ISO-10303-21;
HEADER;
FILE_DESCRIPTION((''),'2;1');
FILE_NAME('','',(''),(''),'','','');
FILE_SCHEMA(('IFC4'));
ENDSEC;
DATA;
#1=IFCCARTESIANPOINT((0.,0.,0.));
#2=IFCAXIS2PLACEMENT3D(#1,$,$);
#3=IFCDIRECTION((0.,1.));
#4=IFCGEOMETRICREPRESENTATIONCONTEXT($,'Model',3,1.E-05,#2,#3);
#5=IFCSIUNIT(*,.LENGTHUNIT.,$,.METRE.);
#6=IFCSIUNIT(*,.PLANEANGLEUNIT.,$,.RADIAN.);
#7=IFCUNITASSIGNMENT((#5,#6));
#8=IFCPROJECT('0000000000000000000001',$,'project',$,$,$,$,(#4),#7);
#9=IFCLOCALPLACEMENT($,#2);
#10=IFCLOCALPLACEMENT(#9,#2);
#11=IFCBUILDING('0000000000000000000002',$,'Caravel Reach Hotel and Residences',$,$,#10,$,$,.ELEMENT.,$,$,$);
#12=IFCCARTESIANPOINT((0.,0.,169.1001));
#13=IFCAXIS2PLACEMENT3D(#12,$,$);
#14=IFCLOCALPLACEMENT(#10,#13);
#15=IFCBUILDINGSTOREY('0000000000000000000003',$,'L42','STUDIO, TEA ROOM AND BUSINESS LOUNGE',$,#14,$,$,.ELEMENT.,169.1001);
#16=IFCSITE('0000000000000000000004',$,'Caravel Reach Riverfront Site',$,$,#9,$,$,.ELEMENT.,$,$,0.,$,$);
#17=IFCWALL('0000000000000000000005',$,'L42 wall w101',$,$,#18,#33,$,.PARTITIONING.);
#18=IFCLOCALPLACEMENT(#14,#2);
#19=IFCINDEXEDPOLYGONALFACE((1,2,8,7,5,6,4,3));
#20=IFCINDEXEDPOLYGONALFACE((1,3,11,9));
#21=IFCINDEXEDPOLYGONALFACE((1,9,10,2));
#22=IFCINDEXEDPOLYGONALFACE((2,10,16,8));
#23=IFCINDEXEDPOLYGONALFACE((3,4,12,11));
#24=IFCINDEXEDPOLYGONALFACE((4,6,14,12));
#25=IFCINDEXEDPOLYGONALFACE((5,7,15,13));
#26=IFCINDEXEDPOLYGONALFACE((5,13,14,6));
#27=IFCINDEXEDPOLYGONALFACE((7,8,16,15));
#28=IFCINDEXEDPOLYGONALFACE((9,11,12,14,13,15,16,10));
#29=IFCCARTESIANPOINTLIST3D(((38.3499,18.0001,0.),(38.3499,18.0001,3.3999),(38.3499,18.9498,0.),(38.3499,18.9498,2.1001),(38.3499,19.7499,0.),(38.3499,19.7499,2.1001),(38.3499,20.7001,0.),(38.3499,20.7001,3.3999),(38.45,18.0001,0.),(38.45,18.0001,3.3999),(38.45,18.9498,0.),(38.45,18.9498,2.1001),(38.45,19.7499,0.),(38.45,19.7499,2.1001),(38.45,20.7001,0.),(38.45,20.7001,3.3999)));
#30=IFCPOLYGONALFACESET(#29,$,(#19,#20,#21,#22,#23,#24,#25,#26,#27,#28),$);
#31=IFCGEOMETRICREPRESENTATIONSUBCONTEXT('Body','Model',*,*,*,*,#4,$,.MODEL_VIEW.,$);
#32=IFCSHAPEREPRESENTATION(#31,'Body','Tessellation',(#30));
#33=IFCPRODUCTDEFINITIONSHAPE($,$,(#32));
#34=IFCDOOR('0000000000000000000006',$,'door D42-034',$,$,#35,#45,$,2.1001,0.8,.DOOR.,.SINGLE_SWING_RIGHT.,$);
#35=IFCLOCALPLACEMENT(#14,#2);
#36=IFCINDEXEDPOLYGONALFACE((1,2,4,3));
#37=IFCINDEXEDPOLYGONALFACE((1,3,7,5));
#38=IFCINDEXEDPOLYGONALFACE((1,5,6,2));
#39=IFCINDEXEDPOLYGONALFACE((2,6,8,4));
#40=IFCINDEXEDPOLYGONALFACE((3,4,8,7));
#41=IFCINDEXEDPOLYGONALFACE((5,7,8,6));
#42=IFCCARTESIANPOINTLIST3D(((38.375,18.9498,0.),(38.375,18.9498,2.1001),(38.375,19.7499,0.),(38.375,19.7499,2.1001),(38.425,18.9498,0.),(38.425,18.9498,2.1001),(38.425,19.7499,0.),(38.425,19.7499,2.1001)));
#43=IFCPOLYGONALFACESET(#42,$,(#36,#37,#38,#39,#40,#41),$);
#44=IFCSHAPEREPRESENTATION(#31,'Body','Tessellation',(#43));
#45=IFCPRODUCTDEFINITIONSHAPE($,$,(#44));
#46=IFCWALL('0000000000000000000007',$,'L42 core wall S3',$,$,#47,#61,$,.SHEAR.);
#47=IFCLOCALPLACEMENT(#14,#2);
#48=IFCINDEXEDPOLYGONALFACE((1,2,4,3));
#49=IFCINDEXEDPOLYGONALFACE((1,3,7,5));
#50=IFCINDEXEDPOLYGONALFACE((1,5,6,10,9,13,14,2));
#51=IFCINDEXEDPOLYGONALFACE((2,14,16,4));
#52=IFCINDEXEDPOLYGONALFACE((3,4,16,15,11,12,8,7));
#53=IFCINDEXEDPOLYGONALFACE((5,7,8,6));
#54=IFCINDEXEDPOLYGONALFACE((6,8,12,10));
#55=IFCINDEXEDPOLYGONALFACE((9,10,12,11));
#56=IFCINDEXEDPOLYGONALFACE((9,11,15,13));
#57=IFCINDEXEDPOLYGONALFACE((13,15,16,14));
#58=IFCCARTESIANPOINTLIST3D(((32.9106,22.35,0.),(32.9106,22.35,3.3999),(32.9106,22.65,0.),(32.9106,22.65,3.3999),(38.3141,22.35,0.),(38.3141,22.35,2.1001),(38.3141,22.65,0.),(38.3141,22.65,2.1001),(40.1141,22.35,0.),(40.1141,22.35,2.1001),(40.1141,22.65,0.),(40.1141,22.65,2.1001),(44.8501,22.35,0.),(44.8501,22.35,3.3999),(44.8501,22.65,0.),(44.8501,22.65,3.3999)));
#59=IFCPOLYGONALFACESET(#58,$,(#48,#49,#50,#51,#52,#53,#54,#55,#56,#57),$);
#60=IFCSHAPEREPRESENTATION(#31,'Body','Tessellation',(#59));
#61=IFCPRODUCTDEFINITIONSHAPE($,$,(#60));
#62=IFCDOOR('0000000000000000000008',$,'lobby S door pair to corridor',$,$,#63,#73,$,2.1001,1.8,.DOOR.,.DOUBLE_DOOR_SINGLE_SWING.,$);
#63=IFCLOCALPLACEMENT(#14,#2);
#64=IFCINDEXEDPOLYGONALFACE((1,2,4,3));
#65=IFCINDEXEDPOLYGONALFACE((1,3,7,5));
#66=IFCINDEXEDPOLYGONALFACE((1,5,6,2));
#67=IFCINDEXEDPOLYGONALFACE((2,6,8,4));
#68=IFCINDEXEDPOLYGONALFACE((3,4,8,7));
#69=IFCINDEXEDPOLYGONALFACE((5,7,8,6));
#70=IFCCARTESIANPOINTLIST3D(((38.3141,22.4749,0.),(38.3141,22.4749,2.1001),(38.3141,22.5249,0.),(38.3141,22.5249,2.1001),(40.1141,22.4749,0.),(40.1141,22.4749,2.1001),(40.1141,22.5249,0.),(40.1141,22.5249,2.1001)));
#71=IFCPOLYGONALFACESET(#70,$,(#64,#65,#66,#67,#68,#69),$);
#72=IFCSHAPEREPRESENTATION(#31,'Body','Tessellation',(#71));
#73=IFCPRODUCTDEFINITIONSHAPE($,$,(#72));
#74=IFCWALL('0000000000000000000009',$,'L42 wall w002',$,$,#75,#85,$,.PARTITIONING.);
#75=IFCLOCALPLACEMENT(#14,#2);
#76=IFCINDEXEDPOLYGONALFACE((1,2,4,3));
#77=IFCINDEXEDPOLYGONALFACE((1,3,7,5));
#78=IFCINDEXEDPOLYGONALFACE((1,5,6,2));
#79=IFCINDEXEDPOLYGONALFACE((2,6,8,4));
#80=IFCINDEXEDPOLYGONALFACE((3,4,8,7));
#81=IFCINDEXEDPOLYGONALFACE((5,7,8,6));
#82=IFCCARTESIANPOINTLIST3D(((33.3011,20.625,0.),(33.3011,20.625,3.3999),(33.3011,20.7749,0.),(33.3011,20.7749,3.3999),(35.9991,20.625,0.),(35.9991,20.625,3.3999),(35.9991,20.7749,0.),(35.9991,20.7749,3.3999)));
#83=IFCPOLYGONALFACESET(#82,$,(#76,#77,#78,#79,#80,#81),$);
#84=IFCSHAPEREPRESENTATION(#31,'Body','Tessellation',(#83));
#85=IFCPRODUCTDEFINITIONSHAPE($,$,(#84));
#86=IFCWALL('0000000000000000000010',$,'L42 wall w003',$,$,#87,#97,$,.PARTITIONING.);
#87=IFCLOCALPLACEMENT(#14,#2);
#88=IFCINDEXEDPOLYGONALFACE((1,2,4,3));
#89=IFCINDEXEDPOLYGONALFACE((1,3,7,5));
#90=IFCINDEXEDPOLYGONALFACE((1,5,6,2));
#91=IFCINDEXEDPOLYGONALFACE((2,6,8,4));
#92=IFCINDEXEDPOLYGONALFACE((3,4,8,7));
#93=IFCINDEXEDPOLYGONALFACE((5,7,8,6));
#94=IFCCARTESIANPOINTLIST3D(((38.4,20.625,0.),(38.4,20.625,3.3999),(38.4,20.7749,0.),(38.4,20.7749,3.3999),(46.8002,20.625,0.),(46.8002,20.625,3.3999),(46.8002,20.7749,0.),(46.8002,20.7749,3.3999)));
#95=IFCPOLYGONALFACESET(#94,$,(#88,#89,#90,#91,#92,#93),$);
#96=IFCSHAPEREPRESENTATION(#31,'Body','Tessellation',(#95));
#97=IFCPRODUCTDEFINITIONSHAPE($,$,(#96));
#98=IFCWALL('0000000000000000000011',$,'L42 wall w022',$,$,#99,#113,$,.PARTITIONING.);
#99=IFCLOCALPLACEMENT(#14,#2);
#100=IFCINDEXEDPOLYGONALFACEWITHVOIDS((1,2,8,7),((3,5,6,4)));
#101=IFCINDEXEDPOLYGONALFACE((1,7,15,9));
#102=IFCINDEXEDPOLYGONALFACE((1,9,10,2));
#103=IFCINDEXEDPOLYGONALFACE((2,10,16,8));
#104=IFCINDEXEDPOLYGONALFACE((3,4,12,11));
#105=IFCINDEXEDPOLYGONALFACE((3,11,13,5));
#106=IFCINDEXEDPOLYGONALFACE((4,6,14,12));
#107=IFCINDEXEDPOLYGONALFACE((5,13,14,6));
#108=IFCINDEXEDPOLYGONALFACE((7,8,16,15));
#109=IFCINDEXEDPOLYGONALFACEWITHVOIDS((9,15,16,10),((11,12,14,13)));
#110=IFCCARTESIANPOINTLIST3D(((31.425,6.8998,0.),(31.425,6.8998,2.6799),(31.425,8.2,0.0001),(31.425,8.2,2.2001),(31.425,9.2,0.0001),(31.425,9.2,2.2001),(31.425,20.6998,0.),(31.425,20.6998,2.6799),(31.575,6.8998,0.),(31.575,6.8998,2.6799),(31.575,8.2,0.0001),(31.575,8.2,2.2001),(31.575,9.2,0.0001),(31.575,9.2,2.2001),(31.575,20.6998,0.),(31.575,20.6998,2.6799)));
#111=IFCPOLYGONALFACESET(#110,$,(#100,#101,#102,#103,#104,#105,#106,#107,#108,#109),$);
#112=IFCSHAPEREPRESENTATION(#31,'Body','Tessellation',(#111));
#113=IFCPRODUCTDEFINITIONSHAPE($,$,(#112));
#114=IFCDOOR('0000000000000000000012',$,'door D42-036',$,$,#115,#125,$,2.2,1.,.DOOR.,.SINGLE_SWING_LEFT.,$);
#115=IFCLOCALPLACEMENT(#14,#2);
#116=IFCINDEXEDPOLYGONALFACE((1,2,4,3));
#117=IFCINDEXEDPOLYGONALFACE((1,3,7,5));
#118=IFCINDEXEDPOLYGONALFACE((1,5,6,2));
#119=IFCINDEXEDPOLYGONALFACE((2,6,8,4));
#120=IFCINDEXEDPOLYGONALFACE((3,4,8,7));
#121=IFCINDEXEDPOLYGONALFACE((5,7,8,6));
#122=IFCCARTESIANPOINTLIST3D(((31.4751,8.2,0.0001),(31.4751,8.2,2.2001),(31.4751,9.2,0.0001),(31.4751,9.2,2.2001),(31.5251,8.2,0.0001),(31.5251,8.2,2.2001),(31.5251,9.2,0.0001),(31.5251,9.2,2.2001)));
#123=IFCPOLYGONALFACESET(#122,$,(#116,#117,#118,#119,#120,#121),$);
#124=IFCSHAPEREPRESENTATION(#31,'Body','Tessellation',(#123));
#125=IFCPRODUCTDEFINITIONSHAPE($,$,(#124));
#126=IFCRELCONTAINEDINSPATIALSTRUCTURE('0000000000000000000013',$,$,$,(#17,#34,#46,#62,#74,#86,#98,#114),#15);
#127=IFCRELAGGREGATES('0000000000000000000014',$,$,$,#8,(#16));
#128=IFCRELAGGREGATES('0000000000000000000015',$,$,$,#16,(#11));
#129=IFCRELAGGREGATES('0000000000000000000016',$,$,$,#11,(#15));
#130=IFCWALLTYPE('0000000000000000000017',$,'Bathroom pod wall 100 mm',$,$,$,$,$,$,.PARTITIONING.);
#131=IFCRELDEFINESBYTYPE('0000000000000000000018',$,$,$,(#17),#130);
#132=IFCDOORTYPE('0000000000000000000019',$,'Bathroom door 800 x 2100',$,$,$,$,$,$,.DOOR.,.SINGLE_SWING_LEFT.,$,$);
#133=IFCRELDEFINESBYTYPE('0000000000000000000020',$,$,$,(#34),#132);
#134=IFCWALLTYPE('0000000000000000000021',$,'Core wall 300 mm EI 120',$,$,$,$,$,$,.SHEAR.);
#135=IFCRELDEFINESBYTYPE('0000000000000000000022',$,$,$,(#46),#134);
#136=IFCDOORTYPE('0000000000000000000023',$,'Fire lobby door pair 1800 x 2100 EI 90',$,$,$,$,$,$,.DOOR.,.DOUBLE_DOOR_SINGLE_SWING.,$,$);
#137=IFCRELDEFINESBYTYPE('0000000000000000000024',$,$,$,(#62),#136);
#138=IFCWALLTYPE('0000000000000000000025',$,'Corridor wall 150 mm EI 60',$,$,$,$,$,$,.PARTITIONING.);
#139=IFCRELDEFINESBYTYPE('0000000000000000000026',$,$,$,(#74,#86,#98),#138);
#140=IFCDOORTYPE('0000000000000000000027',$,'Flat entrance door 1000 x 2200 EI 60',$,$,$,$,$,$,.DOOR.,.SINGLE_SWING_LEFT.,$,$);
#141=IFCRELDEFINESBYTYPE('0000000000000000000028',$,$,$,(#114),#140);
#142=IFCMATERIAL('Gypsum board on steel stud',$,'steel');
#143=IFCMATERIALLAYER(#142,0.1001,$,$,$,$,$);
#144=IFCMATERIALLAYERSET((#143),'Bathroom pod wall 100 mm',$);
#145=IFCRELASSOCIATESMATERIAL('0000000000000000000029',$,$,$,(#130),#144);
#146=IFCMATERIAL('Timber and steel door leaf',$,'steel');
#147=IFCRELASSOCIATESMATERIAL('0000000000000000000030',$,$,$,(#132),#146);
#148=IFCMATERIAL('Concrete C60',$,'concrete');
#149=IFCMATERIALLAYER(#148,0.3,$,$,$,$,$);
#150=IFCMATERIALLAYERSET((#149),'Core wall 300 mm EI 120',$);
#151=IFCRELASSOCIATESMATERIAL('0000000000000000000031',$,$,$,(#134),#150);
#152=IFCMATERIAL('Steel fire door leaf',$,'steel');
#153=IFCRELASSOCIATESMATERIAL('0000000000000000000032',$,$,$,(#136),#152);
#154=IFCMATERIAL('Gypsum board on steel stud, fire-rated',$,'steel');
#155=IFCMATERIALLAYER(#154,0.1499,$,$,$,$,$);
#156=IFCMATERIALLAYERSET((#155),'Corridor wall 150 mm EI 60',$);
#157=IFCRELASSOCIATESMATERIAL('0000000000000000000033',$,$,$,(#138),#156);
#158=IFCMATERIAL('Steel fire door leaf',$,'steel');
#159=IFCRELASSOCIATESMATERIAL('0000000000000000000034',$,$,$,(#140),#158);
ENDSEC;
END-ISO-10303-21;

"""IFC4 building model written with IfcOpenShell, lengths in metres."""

from ifc_helpers import new_model, si_unit, direction, frame, frame_2d, origin, place, context, subcontext, project, spatial, rectangle, extrude, material, layer, layer_set, type_object, element, fill, save


model = new_model("IFC4")

# Units and contexts
model_context = context("Model", 3, precision=1e-05, world=origin(), true_north=direction((0.0, 1.0)))
body_context = subcontext(model_context, "Body", "Model", "MODEL_VIEW")
ifc_project = project(units=[si_unit("LENGTHUNIT", "METRE"), si_unit("PLANEANGLEUNIT", "RADIAN")], contexts=[model_context])

# Site, building, storey
site_placement = place(None, origin())
site = spatial("IfcSite", under=ifc_project, at=site_placement, Name="Caravel Reach Riverfront Site", CompositionType="ELEMENT", RefElevation=0.0)
building_placement = place(site_placement, origin())
building = spatial("IfcBuilding", under=site, at=building_placement, Name="Caravel Reach Hotel and Residences", CompositionType="ELEMENT")
storey_placement = place(building_placement, frame((0.0, 0.0, 169.1001)))
storey = spatial("IfcBuildingStorey", under=building, at=storey_placement, Name="L42", Description="STUDIO, TEA ROOM AND BUSINESS LOUNGE", CompositionType="ELEMENT", Elevation=169.1001)

# Shared definitions
ifc_material_1 = material(Name="Gypsum board on steel stud", Category="steel")
ifc_layer_1 = layer(ifc_material_1, 0.1001)
ifc_layer_set_1 = layer_set([ifc_layer_1], Name="Bathroom pod wall 100 mm")
wall_type_1 = type_object("IfcWallType", Name="Bathroom pod wall 100 mm", PredefinedType="PARTITIONING", material=ifc_layer_set_1)

# Walls, openings, doors
wall_1_placement = place(storey_placement, frame((38.3999, 18.0, 0.0), z_axis=(0.0, 0.0, 1.0), x_axis=(0.0, 1.0, 0.0)))
wall_1 = element("IfcWall", 1, at=wall_1_placement, inside=storey, type_object=wall_type_1, Name="L42 wall w101", PredefinedType="PARTITIONING", context=body_context, shape_type="SweptSolid", body=[
    extrude(rectangle(XDim=2.7, YDim=0.1001, at=frame_2d((1.3501, 0.0))), origin(), (0.0, 0.0, 1.0), 3.3999),
])
opening_1_placement = place(wall_1_placement, frame((0.95, 0.0, 0.0)))
opening_1 = element("IfcOpeningElement", 2, at=opening_1_placement, cuts=wall_1, PredefinedType="OPENING", context=body_context, shape_type="SweptSolid", body=[
    extrude(rectangle(XDim=0.8, YDim=2.1001, at=frame_2d((0.3999, 1.05))), frame((0.0, 0.0601, 0.0), z_axis=(0.0, -1.0, 0.0), x_axis=(1.0, 0.0, 0.0)), (0.0, 0.0, 1.0), 0.1201),
])
ifc_material_2 = material(Name="Timber and steel door leaf", Category="steel")
door_type_1 = type_object("IfcDoorType", Name="Bathroom door 800 x 2100", OperationType="SINGLE_SWING_LEFT", PredefinedType="DOOR", material=ifc_material_2)
door_1_placement = place(opening_1_placement, origin())
door_1 = element("IfcDoor", 3, at=door_1_placement, inside=storey, type_object=door_type_1, Name="door D42-034", OperationType="SINGLE_SWING_RIGHT", OverallHeight=2.1001, OverallWidth=0.8, PredefinedType="DOOR", context=body_context, shape_type="SweptSolid", body=[
    extrude(rectangle(XDim=0.8, YDim=2.1001, at=frame_2d((0.3999, 1.05))), frame((0.0, 0.0249, 0.0), z_axis=(0.0, -1.0, 0.0), x_axis=(1.0, 0.0, 0.0)), (0.0, 0.0, 1.0), 0.05),
])
fill(opening_1, door_1)
ifc_material_3 = material(Name="Concrete C60", Category="concrete")
ifc_layer_2 = layer(ifc_material_3, 0.3)
ifc_layer_set_2 = layer_set([ifc_layer_2], Name="Core wall 300 mm EI 120")
wall_type_2 = type_object("IfcWallType", Name="Core wall 300 mm EI 120", PredefinedType="SHEAR", material=ifc_layer_set_2)
wall_2_placement = place(storey_placement, frame((32.9106, 22.5, 0.0), z_axis=(0.0, 0.0, 1.0), x_axis=(1.0, 0.0, 0.0)))
wall_2 = element("IfcWall", 4, at=wall_2_placement, inside=storey, type_object=wall_type_2, Name="L42 core wall S3", PredefinedType="SHEAR", context=body_context, shape_type="SweptSolid", body=[
    extrude(rectangle(XDim=11.9395, YDim=0.3, at=frame_2d((5.9697, 0.0))), origin(), (0.0, 0.0, 1.0), 3.3999),
])
opening_2_placement = place(wall_2_placement, frame((5.4036, 0.0, 0.0)))
opening_2 = element("IfcOpeningElement", 5, at=opening_2_placement, cuts=wall_2, PredefinedType="OPENING", context=body_context, shape_type="SweptSolid", body=[
    extrude(rectangle(XDim=1.8, YDim=2.1001, at=frame_2d((0.8999, 1.05))), frame((0.0, 0.1599, 0.0), z_axis=(0.0, -1.0, 0.0), x_axis=(1.0, 0.0, 0.0)), (0.0, 0.0, 1.0), 0.3201),
])
ifc_material_4 = material(Name="Steel fire door leaf", Category="steel")
door_type_2 = type_object("IfcDoorType", Name="Fire lobby door pair 1800 x 2100 EI 90", OperationType="DOUBLE_DOOR_SINGLE_SWING", PredefinedType="DOOR", material=ifc_material_4)
door_2_placement = place(opening_2_placement, origin())
door_2 = element("IfcDoor", 6, at=door_2_placement, inside=storey, type_object=door_type_2, Name="lobby S door pair to corridor", OperationType="DOUBLE_DOOR_SINGLE_SWING", OverallHeight=2.1001, OverallWidth=1.8, PredefinedType="DOOR", context=body_context, shape_type="SweptSolid", body=[
    extrude(rectangle(XDim=1.8, YDim=2.1001, at=frame_2d((0.8999, 1.05))), frame((0.0, 0.0249, 0.0), z_axis=(0.0, -1.0, 0.0), x_axis=(1.0, 0.0, 0.0)), (0.0, 0.0, 1.0), 0.05),
])
fill(opening_2, door_2)

# Walls
ifc_material_5 = material(Name="Gypsum board on steel stud, fire-rated", Category="steel")
ifc_layer_3 = layer(ifc_material_5, 0.1499)
ifc_layer_set_3 = layer_set([ifc_layer_3], Name="Corridor wall 150 mm EI 60")
wall_type_3 = type_object("IfcWallType", Name="Corridor wall 150 mm EI 60", PredefinedType="PARTITIONING", material=ifc_layer_set_3)
wall_3_placement = place(storey_placement, frame((33.301, 20.7, 0.0), z_axis=(0.0, 0.0, 1.0), x_axis=(1.0, 0.0, 0.0)))
element("IfcWall", 7, at=wall_3_placement, inside=storey, type_object=wall_type_3, Name="L42 wall w002", PredefinedType="PARTITIONING", context=body_context, shape_type="SweptSolid", body=[
    extrude(rectangle(XDim=2.698, YDim=0.1499, at=frame_2d((1.3491, 0.0))), origin(), (0.0, 0.0, 1.0), 3.3999),
])
wall_4_placement = place(storey_placement, frame((38.3999, 20.7, 0.0), z_axis=(0.0, 0.0, 1.0), x_axis=(1.0, 0.0, 0.0)))
element("IfcWall", 8, at=wall_4_placement, inside=storey, type_object=wall_type_3, Name="L42 wall w003", PredefinedType="PARTITIONING", context=body_context, shape_type="SweptSolid", body=[
    extrude(rectangle(XDim=8.4001, YDim=0.1499, at=frame_2d((4.2002, 0.0))), origin(), (0.0, 0.0, 1.0), 3.3999),
])

# Wall, opening, door
wall_5_placement = place(storey_placement, frame((31.5, 6.8999, 0.0), z_axis=(0.0, 0.0, 1.0), x_axis=(0.0, 1.0, 0.0)))
wall_5 = element("IfcWall", 9, at=wall_5_placement, inside=storey, type_object=wall_type_3, Name="L42 wall w022", PredefinedType="PARTITIONING", context=body_context, shape_type="SweptSolid", body=[
    extrude(rectangle(XDim=13.8, YDim=0.1499, at=frame_2d((6.8999, 0.0))), origin(), (0.0, 0.0, 1.0), 2.6799),
])
opening_3_placement = place(wall_5_placement, frame((1.3, 0.0, 0.0)))
opening_3 = element("IfcOpeningElement", 10, at=opening_3_placement, cuts=wall_5, PredefinedType="OPENING", context=body_context, shape_type="SweptSolid", body=[
    extrude(rectangle(XDim=1.0, YDim=2.2, at=frame_2d((0.5, 1.1001))), frame((0.0, 0.085, 0.0), z_axis=(0.0, -1.0, 0.0), x_axis=(1.0, 0.0, 0.0)), (0.0, 0.0, 1.0), 0.1699),
])
ifc_material_6 = material(Name="Steel fire door leaf", Category="steel")
door_type_3 = type_object("IfcDoorType", Name="Flat entrance door 1000 x 2200 EI 60", OperationType="SINGLE_SWING_LEFT", PredefinedType="DOOR", material=ifc_material_6)
door_3_placement = place(opening_3_placement, origin())
door_3 = element("IfcDoor", 11, at=door_3_placement, inside=storey, type_object=door_type_3, Name="door D42-036", OperationType="SINGLE_SWING_LEFT", OverallHeight=2.2, OverallWidth=1.0, PredefinedType="DOOR", context=body_context, shape_type="SweptSolid", body=[
    extrude(rectangle(XDim=1.0, YDim=2.2, at=frame_2d((0.5, 1.1001))), frame((0.0, 0.0249, 0.0), z_axis=(0.0, -1.0, 0.0), x_axis=(1.0, 0.0, 0.0)), (0.0, 0.0, 1.0), 0.05),
])
fill(opening_3, door_3)

save(model, "model.ifc")
